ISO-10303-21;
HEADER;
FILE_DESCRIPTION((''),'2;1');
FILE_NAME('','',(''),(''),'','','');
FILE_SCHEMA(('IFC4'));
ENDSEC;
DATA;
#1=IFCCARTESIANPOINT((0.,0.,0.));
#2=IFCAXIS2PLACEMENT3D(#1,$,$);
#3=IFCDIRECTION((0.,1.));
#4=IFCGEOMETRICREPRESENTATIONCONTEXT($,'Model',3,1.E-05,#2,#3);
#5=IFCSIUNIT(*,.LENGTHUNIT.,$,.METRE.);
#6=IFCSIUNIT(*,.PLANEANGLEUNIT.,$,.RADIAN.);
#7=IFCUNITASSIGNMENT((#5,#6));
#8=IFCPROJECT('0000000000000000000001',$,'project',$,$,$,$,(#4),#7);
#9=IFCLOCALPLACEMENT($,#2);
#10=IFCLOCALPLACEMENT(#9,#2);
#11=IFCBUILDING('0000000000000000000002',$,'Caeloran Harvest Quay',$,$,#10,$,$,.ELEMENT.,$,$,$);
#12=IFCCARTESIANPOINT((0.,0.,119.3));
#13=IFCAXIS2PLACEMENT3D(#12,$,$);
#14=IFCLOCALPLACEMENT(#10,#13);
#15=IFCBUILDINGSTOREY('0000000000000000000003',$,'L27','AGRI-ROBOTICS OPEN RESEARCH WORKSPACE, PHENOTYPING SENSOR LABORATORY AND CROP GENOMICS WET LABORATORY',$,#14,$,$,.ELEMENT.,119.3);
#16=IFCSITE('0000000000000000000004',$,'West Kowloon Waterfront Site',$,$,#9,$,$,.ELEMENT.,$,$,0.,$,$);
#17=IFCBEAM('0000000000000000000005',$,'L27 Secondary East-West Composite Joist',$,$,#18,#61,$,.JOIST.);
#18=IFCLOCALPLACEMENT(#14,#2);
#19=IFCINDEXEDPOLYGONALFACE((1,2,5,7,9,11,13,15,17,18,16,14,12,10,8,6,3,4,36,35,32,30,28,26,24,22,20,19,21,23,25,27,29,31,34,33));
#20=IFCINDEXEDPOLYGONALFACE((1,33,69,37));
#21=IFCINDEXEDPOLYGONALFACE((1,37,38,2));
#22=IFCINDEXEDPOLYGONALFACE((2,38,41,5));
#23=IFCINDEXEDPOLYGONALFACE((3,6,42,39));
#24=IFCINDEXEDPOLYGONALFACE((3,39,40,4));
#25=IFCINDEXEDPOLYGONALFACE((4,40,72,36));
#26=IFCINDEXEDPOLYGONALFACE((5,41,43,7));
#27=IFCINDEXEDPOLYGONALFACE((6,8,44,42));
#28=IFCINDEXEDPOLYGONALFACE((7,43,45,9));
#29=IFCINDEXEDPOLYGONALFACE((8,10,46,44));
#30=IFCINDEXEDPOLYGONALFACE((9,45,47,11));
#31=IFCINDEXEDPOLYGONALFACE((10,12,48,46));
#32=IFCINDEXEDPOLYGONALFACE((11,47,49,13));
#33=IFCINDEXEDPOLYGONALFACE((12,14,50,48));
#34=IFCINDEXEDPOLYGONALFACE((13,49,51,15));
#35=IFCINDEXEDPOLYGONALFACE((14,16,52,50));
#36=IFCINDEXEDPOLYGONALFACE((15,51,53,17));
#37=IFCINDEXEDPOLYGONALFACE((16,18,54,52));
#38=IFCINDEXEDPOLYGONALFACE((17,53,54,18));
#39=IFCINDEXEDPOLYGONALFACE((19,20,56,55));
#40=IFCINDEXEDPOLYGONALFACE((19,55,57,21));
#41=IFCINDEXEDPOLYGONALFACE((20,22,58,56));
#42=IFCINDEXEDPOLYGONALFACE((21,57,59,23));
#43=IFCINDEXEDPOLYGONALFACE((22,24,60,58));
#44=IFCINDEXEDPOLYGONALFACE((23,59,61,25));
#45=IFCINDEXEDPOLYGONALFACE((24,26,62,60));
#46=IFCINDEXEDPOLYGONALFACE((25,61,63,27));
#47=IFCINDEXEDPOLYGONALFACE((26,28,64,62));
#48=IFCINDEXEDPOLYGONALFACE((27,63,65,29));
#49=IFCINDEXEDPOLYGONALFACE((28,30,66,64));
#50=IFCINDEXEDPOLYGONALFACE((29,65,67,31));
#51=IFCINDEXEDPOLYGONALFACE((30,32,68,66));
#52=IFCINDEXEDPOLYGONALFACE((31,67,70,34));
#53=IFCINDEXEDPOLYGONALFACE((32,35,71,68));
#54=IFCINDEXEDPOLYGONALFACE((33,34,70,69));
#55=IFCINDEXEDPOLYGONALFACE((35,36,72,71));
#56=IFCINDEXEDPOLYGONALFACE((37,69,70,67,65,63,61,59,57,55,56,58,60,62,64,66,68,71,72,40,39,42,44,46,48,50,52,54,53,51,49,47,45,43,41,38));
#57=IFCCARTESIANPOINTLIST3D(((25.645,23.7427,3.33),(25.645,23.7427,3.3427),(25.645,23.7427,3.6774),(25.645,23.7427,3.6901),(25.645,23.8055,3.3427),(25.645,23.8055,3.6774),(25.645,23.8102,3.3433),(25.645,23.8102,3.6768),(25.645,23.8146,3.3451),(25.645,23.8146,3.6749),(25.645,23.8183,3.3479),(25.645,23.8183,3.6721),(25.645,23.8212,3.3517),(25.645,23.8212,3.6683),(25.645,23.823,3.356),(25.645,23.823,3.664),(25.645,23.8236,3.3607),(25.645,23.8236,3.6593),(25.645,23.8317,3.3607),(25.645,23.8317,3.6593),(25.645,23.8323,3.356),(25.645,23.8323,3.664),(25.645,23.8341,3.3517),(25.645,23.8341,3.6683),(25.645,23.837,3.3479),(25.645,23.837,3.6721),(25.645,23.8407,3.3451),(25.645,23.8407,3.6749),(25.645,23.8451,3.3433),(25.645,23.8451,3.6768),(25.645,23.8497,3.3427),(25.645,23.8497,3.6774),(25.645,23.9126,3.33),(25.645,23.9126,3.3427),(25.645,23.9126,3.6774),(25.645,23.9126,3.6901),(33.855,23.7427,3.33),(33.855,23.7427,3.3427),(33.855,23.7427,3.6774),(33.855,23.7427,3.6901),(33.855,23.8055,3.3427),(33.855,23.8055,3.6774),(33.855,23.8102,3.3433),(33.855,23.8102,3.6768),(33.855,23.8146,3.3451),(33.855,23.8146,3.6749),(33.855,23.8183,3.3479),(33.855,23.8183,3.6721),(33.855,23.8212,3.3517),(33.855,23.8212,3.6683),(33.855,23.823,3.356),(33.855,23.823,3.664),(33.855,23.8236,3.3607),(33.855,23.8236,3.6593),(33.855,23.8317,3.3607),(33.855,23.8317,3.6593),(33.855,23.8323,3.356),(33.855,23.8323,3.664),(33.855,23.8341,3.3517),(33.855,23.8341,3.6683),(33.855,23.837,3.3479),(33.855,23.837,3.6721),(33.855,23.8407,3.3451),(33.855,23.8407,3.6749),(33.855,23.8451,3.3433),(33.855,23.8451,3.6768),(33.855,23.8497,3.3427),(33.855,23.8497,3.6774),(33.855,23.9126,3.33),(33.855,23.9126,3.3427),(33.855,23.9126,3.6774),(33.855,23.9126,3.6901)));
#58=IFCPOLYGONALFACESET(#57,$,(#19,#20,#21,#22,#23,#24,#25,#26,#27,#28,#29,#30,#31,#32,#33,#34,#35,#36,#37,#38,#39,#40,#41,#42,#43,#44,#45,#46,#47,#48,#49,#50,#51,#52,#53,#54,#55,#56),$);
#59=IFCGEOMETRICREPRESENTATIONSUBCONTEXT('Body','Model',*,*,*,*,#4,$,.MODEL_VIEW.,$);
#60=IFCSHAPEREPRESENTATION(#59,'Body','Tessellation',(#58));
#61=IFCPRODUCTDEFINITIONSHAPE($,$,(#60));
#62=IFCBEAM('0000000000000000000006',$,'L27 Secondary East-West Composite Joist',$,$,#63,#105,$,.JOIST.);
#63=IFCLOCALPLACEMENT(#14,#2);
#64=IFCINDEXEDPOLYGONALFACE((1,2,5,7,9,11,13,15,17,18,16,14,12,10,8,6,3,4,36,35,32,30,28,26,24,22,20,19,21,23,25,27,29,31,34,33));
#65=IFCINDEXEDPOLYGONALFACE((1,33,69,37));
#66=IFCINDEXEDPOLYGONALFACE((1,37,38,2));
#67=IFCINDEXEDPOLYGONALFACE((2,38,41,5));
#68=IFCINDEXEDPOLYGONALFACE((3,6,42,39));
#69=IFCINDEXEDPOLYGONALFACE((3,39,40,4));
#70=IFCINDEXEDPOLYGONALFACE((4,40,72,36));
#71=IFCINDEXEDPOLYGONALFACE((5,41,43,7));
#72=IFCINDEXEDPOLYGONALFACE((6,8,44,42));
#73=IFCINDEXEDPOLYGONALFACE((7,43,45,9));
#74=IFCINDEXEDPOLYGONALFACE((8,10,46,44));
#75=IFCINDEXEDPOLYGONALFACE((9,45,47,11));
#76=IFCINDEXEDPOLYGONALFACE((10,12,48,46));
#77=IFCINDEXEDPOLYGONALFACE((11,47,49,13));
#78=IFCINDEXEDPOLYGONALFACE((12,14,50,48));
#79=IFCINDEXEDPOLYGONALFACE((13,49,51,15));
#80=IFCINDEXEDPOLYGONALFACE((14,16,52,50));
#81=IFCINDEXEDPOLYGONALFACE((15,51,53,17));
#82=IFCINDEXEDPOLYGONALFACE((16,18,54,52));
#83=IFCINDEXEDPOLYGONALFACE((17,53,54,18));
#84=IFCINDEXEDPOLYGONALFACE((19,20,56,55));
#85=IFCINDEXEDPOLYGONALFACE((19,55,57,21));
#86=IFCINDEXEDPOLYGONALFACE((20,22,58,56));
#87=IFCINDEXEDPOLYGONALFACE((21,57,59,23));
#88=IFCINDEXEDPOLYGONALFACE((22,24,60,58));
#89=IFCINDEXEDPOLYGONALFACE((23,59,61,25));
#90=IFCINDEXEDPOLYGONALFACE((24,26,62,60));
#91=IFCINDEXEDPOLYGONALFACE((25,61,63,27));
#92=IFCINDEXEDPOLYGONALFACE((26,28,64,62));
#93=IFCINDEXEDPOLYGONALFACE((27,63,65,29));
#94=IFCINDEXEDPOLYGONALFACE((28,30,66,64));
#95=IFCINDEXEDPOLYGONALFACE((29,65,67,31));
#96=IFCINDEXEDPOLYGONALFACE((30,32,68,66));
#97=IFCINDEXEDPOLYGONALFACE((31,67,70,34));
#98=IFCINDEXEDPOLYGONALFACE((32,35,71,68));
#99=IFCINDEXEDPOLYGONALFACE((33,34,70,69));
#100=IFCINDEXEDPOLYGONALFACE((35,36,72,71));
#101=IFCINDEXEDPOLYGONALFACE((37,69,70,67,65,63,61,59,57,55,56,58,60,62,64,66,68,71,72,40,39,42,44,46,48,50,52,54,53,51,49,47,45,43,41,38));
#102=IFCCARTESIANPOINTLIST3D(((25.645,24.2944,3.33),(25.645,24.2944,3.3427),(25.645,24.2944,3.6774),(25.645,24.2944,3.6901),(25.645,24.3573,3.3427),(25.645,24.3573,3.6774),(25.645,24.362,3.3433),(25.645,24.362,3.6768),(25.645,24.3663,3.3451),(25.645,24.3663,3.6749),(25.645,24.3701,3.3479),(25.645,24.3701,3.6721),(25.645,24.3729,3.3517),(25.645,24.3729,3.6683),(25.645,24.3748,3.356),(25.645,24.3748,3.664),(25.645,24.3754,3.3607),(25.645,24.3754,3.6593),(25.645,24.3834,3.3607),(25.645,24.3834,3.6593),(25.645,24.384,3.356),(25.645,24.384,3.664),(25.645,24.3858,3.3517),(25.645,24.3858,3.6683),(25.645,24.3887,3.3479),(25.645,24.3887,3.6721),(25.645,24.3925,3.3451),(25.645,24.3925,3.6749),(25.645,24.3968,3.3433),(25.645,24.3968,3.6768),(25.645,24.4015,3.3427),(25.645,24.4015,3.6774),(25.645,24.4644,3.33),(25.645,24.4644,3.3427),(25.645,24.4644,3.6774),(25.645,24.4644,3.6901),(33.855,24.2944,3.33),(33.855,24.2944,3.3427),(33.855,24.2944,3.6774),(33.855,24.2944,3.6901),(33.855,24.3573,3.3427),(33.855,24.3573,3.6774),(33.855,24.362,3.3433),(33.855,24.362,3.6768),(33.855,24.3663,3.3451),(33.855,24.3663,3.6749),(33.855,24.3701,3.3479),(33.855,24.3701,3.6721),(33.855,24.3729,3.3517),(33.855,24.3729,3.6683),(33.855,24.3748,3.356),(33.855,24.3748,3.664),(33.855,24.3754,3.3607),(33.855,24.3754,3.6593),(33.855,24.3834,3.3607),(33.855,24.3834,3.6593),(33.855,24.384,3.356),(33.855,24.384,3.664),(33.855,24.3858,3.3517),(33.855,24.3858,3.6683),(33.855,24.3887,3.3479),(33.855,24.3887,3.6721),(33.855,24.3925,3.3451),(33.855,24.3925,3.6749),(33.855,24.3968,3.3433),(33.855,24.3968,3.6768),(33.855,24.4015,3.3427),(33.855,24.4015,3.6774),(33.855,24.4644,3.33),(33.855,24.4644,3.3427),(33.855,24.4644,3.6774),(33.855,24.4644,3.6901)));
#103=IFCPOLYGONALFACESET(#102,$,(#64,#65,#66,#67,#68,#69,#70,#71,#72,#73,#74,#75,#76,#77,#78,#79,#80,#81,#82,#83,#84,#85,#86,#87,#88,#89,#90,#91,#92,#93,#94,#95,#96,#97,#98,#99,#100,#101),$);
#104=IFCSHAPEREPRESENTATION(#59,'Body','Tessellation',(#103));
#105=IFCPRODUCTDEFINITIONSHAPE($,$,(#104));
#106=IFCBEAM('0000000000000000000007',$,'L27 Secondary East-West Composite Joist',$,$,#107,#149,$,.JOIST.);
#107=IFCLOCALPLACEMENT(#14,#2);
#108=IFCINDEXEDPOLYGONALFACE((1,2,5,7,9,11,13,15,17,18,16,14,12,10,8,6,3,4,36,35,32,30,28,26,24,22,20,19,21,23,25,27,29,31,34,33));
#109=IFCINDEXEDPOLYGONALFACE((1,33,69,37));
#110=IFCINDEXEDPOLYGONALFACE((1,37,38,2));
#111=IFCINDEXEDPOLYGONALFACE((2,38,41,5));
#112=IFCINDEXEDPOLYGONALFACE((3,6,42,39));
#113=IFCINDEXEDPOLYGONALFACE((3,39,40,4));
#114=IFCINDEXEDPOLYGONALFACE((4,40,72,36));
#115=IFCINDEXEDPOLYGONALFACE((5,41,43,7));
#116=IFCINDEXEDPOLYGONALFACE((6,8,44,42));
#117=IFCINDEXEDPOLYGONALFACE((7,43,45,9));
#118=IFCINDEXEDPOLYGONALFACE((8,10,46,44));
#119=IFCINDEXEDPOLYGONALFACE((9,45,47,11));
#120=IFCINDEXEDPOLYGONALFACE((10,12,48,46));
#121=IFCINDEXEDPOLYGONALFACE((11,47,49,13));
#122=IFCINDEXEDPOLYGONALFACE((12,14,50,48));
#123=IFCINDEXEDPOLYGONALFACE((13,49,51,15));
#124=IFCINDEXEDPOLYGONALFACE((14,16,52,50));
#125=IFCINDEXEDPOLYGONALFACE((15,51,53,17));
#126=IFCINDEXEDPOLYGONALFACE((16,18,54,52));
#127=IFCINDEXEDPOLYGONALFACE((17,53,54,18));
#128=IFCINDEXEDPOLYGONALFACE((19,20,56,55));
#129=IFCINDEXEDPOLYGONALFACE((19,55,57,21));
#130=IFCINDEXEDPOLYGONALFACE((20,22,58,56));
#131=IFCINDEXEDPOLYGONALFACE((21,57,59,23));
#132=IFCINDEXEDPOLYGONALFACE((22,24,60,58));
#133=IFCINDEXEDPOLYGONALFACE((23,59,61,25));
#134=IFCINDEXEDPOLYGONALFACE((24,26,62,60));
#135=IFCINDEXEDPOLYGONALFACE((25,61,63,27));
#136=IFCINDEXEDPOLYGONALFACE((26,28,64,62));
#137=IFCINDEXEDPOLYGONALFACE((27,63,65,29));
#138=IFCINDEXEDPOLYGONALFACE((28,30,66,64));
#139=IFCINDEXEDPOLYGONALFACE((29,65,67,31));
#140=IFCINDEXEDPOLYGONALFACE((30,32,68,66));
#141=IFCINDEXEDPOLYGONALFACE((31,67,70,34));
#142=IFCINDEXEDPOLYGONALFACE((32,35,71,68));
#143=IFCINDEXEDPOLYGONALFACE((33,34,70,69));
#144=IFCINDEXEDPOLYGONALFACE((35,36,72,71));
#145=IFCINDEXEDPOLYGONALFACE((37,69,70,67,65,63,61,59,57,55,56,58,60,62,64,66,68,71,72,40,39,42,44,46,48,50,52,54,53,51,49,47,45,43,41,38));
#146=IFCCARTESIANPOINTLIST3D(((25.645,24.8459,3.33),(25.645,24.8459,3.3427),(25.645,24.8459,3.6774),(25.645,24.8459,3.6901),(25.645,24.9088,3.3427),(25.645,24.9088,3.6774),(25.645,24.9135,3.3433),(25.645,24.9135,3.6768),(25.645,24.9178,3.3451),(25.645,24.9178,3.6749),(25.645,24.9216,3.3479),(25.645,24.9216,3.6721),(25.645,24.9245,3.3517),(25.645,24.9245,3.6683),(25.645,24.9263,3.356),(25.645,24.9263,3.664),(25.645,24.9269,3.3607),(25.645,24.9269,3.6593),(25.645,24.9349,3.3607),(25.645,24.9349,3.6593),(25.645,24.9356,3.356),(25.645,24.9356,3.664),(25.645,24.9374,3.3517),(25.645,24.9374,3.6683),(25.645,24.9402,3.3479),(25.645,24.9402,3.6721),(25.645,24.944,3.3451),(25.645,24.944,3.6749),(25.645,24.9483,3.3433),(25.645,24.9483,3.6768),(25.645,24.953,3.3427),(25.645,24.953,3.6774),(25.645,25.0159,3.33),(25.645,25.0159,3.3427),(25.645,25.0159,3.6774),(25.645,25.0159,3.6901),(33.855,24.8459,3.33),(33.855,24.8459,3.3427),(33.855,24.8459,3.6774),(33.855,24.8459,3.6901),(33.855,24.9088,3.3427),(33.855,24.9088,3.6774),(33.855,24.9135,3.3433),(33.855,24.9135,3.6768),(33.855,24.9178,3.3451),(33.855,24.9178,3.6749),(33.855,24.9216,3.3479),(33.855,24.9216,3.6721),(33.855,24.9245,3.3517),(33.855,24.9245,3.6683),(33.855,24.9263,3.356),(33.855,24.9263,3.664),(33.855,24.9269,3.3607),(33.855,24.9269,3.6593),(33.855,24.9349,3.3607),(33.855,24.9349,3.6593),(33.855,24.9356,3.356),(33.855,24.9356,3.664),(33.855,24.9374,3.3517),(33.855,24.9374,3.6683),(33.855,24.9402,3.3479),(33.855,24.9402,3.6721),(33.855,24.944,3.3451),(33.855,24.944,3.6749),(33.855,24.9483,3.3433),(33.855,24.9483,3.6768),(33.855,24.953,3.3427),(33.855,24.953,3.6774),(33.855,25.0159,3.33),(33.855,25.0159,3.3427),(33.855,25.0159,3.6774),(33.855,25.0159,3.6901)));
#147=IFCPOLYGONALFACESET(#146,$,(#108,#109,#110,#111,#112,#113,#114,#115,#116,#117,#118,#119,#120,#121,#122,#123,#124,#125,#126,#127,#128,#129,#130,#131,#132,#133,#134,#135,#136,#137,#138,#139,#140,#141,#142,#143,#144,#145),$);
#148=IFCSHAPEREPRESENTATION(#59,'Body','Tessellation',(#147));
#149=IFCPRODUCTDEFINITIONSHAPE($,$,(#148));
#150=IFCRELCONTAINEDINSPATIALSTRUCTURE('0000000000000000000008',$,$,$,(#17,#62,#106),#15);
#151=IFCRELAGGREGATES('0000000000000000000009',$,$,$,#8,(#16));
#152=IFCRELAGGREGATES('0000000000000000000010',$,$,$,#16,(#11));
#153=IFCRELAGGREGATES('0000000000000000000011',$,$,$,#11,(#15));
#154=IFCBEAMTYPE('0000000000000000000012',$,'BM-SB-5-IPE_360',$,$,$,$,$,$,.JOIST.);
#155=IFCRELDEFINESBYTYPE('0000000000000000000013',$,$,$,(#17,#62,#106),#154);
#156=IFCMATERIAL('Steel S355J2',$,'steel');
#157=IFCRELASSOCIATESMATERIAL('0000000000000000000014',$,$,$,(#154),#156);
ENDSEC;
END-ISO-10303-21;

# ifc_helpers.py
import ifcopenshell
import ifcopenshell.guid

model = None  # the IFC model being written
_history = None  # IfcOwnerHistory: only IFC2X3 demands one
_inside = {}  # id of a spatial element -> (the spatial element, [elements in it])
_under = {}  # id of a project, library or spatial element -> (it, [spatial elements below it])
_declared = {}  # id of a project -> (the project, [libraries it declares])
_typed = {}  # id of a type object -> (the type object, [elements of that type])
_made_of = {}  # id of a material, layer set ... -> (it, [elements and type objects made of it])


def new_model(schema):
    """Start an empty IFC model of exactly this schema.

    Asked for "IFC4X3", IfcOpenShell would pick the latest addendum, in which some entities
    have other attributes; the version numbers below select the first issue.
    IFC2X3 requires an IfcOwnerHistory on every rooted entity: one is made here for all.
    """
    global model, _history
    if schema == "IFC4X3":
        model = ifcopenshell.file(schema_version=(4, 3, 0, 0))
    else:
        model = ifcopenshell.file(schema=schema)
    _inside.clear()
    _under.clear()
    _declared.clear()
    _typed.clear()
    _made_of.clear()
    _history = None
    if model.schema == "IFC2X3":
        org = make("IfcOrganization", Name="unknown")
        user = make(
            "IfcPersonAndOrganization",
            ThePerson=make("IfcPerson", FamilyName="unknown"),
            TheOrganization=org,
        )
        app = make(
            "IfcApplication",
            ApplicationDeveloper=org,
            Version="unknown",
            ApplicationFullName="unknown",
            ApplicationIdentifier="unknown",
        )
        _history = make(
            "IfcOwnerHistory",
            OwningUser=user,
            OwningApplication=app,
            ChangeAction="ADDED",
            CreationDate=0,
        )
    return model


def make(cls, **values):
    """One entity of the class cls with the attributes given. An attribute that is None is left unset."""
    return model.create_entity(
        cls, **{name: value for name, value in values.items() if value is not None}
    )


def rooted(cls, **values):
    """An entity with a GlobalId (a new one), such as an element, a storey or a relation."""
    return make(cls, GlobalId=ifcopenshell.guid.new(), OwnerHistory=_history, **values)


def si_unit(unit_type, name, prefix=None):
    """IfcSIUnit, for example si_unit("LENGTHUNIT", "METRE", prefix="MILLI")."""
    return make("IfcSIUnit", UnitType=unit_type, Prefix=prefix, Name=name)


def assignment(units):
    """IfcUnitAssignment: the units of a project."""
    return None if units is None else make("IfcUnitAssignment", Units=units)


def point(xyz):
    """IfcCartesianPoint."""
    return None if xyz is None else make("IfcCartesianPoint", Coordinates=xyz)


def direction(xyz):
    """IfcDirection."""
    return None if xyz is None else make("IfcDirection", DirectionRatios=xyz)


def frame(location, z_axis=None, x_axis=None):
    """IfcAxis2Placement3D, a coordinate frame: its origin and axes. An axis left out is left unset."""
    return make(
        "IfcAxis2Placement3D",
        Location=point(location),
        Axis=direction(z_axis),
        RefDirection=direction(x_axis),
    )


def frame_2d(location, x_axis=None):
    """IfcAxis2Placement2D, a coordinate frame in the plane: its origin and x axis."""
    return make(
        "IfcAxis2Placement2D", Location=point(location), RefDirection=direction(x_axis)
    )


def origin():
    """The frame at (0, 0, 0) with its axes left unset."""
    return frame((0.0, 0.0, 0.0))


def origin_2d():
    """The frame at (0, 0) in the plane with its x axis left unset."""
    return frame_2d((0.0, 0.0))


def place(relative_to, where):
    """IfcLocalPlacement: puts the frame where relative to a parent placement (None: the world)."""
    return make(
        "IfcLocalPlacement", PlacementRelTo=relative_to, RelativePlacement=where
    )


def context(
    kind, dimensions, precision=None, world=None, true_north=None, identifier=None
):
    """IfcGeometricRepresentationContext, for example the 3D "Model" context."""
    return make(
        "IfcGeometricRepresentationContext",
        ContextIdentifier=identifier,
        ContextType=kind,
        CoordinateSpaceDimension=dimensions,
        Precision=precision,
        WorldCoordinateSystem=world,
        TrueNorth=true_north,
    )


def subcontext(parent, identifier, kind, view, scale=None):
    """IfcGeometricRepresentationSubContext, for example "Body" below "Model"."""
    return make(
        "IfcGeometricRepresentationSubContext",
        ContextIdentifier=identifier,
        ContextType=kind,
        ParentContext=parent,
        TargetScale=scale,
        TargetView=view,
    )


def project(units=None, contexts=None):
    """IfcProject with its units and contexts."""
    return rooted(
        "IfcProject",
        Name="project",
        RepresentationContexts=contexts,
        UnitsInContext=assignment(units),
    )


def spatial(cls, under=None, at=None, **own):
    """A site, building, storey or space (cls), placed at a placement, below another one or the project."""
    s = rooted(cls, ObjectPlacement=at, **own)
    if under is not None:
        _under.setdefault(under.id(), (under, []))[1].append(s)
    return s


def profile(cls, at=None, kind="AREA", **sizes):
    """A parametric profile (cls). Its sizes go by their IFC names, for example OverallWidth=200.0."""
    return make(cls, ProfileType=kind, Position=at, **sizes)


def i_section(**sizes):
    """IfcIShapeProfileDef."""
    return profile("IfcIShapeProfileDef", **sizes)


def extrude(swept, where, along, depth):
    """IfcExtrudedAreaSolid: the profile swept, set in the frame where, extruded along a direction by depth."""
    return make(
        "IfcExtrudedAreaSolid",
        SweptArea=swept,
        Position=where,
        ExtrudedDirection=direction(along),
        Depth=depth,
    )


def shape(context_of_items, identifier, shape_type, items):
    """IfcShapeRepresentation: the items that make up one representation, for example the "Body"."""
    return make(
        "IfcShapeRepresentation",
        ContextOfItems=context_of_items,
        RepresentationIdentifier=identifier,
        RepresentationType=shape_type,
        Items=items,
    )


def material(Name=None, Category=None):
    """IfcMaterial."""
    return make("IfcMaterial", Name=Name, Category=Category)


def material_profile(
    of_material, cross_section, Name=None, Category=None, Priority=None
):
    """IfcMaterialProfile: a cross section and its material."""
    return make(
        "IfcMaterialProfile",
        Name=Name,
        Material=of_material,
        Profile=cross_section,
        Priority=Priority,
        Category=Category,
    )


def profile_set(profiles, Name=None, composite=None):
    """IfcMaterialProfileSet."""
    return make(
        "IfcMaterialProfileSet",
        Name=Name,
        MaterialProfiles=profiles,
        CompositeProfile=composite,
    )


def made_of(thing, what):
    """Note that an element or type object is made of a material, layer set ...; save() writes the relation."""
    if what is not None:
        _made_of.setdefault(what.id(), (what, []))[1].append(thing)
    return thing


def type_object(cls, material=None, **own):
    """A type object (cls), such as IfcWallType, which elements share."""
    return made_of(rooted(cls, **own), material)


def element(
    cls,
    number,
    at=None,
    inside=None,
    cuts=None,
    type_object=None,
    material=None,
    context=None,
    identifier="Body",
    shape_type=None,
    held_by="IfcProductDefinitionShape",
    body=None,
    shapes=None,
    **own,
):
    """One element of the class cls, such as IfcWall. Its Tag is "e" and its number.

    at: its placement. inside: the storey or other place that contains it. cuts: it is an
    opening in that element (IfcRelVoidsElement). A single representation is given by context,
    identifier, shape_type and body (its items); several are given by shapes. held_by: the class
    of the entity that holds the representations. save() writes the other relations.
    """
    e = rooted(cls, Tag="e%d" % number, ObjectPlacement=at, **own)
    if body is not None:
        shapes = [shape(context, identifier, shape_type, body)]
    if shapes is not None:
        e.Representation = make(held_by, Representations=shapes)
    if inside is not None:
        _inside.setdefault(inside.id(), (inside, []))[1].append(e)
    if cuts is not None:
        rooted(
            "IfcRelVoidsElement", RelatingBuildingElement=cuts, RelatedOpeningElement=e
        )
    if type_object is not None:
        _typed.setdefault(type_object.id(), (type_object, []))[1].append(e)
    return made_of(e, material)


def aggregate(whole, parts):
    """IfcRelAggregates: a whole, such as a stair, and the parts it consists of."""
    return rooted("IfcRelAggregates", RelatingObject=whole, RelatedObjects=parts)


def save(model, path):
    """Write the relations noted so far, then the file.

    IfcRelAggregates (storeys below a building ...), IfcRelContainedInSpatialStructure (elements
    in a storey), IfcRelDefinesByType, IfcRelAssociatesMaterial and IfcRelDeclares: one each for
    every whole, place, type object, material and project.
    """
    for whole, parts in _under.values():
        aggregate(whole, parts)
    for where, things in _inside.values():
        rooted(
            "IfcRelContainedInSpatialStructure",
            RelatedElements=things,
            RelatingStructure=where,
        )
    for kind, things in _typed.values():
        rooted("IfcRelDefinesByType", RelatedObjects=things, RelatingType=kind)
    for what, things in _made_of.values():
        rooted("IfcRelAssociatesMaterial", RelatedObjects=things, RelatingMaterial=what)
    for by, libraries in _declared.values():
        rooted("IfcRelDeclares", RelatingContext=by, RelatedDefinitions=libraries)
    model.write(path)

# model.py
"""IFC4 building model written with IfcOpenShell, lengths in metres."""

from ifc_helpers import new_model, si_unit, direction, frame, origin, origin_2d, place, context, subcontext, project, spatial, i_section, extrude, material, material_profile, profile_set, type_object, element, save


model = new_model("IFC4")

# Units and contexts
model_context = context("Model", 3, precision=1e-05, world=origin(), true_north=direction((0.0, 1.0)))
body_context = subcontext(model_context, "Body", "Model", "MODEL_VIEW")
ifc_project = project(units=[si_unit("LENGTHUNIT", "METRE"), si_unit("PLANEANGLEUNIT", "RADIAN")], contexts=[model_context])

# Site, building, storey
site_placement = place(None, origin())
site = spatial("IfcSite", under=ifc_project, at=site_placement, Name="West Kowloon Waterfront Site", CompositionType="ELEMENT", RefElevation=0.0)
building_placement = place(site_placement, origin())
building = spatial("IfcBuilding", under=site, at=building_placement, Name="Caeloran Harvest Quay", CompositionType="ELEMENT")
storey_placement = place(building_placement, frame((0.0, 0.0, 119.3)))
storey = spatial("IfcBuildingStorey", under=building, at=storey_placement, Name="L27", Description="AGRI-ROBOTICS OPEN RESEARCH WORKSPACE, PHENOTYPING SENSOR LABORATORY AND CROP GENOMICS WET LABORATORY", CompositionType="ELEMENT", Elevation=119.3)

# Beams
ifc_material_1 = material(Name="Steel S355J2", Category="steel")
ifc_material_profile_1 = material_profile(ifc_material_1, i_section(OverallWidth=0.1699, OverallDepth=0.3601, WebThickness=0.0081, FlangeThickness=0.0127, FilletRadius=0.0181, at=origin_2d()), Name="IPE 360")
ifc_profile_set_1 = profile_set([ifc_material_profile_1], Name="Steel S355J2")
beam_type_1 = type_object("IfcBeamType", Name="BM-SB-5-IPE_360", PredefinedType="JOIST", material=ifc_profile_set_1)
for number, where, z_axis, x_axis, name in (
    (1, (25.645, 23.8276, 3.51), (1.0, 0.0, 0.0), (0.0, 1.0, 0.0), "L27 Secondary East-West Composite Joist"),
    (2, (25.645, 24.3794, 3.51), (1.0, 0.0, 0.0), (0.0, 1.0, 0.0), "L27 Secondary East-West Composite Joist"),
    (3, (25.645, 24.9309, 3.51), (1.0, 0.0, 0.0), (0.0, 1.0, 0.0), "L27 Secondary East-West Composite Joist"),
):
    element("IfcBeam", number, at=place(storey_placement, frame(where, z_axis=z_axis, x_axis=x_axis)), inside=storey, type_object=beam_type_1, Name=name, PredefinedType="JOIST", context=body_context, shape_type="SweptSolid", body=[
        extrude(i_section(OverallWidth=0.1699, OverallDepth=0.3601, WebThickness=0.0081, FlangeThickness=0.0127, FilletRadius=0.0181, at=origin_2d()), origin(), (0.0, 0.0, 1.0), 8.21),
    ])

save(model, "model.ifc")
